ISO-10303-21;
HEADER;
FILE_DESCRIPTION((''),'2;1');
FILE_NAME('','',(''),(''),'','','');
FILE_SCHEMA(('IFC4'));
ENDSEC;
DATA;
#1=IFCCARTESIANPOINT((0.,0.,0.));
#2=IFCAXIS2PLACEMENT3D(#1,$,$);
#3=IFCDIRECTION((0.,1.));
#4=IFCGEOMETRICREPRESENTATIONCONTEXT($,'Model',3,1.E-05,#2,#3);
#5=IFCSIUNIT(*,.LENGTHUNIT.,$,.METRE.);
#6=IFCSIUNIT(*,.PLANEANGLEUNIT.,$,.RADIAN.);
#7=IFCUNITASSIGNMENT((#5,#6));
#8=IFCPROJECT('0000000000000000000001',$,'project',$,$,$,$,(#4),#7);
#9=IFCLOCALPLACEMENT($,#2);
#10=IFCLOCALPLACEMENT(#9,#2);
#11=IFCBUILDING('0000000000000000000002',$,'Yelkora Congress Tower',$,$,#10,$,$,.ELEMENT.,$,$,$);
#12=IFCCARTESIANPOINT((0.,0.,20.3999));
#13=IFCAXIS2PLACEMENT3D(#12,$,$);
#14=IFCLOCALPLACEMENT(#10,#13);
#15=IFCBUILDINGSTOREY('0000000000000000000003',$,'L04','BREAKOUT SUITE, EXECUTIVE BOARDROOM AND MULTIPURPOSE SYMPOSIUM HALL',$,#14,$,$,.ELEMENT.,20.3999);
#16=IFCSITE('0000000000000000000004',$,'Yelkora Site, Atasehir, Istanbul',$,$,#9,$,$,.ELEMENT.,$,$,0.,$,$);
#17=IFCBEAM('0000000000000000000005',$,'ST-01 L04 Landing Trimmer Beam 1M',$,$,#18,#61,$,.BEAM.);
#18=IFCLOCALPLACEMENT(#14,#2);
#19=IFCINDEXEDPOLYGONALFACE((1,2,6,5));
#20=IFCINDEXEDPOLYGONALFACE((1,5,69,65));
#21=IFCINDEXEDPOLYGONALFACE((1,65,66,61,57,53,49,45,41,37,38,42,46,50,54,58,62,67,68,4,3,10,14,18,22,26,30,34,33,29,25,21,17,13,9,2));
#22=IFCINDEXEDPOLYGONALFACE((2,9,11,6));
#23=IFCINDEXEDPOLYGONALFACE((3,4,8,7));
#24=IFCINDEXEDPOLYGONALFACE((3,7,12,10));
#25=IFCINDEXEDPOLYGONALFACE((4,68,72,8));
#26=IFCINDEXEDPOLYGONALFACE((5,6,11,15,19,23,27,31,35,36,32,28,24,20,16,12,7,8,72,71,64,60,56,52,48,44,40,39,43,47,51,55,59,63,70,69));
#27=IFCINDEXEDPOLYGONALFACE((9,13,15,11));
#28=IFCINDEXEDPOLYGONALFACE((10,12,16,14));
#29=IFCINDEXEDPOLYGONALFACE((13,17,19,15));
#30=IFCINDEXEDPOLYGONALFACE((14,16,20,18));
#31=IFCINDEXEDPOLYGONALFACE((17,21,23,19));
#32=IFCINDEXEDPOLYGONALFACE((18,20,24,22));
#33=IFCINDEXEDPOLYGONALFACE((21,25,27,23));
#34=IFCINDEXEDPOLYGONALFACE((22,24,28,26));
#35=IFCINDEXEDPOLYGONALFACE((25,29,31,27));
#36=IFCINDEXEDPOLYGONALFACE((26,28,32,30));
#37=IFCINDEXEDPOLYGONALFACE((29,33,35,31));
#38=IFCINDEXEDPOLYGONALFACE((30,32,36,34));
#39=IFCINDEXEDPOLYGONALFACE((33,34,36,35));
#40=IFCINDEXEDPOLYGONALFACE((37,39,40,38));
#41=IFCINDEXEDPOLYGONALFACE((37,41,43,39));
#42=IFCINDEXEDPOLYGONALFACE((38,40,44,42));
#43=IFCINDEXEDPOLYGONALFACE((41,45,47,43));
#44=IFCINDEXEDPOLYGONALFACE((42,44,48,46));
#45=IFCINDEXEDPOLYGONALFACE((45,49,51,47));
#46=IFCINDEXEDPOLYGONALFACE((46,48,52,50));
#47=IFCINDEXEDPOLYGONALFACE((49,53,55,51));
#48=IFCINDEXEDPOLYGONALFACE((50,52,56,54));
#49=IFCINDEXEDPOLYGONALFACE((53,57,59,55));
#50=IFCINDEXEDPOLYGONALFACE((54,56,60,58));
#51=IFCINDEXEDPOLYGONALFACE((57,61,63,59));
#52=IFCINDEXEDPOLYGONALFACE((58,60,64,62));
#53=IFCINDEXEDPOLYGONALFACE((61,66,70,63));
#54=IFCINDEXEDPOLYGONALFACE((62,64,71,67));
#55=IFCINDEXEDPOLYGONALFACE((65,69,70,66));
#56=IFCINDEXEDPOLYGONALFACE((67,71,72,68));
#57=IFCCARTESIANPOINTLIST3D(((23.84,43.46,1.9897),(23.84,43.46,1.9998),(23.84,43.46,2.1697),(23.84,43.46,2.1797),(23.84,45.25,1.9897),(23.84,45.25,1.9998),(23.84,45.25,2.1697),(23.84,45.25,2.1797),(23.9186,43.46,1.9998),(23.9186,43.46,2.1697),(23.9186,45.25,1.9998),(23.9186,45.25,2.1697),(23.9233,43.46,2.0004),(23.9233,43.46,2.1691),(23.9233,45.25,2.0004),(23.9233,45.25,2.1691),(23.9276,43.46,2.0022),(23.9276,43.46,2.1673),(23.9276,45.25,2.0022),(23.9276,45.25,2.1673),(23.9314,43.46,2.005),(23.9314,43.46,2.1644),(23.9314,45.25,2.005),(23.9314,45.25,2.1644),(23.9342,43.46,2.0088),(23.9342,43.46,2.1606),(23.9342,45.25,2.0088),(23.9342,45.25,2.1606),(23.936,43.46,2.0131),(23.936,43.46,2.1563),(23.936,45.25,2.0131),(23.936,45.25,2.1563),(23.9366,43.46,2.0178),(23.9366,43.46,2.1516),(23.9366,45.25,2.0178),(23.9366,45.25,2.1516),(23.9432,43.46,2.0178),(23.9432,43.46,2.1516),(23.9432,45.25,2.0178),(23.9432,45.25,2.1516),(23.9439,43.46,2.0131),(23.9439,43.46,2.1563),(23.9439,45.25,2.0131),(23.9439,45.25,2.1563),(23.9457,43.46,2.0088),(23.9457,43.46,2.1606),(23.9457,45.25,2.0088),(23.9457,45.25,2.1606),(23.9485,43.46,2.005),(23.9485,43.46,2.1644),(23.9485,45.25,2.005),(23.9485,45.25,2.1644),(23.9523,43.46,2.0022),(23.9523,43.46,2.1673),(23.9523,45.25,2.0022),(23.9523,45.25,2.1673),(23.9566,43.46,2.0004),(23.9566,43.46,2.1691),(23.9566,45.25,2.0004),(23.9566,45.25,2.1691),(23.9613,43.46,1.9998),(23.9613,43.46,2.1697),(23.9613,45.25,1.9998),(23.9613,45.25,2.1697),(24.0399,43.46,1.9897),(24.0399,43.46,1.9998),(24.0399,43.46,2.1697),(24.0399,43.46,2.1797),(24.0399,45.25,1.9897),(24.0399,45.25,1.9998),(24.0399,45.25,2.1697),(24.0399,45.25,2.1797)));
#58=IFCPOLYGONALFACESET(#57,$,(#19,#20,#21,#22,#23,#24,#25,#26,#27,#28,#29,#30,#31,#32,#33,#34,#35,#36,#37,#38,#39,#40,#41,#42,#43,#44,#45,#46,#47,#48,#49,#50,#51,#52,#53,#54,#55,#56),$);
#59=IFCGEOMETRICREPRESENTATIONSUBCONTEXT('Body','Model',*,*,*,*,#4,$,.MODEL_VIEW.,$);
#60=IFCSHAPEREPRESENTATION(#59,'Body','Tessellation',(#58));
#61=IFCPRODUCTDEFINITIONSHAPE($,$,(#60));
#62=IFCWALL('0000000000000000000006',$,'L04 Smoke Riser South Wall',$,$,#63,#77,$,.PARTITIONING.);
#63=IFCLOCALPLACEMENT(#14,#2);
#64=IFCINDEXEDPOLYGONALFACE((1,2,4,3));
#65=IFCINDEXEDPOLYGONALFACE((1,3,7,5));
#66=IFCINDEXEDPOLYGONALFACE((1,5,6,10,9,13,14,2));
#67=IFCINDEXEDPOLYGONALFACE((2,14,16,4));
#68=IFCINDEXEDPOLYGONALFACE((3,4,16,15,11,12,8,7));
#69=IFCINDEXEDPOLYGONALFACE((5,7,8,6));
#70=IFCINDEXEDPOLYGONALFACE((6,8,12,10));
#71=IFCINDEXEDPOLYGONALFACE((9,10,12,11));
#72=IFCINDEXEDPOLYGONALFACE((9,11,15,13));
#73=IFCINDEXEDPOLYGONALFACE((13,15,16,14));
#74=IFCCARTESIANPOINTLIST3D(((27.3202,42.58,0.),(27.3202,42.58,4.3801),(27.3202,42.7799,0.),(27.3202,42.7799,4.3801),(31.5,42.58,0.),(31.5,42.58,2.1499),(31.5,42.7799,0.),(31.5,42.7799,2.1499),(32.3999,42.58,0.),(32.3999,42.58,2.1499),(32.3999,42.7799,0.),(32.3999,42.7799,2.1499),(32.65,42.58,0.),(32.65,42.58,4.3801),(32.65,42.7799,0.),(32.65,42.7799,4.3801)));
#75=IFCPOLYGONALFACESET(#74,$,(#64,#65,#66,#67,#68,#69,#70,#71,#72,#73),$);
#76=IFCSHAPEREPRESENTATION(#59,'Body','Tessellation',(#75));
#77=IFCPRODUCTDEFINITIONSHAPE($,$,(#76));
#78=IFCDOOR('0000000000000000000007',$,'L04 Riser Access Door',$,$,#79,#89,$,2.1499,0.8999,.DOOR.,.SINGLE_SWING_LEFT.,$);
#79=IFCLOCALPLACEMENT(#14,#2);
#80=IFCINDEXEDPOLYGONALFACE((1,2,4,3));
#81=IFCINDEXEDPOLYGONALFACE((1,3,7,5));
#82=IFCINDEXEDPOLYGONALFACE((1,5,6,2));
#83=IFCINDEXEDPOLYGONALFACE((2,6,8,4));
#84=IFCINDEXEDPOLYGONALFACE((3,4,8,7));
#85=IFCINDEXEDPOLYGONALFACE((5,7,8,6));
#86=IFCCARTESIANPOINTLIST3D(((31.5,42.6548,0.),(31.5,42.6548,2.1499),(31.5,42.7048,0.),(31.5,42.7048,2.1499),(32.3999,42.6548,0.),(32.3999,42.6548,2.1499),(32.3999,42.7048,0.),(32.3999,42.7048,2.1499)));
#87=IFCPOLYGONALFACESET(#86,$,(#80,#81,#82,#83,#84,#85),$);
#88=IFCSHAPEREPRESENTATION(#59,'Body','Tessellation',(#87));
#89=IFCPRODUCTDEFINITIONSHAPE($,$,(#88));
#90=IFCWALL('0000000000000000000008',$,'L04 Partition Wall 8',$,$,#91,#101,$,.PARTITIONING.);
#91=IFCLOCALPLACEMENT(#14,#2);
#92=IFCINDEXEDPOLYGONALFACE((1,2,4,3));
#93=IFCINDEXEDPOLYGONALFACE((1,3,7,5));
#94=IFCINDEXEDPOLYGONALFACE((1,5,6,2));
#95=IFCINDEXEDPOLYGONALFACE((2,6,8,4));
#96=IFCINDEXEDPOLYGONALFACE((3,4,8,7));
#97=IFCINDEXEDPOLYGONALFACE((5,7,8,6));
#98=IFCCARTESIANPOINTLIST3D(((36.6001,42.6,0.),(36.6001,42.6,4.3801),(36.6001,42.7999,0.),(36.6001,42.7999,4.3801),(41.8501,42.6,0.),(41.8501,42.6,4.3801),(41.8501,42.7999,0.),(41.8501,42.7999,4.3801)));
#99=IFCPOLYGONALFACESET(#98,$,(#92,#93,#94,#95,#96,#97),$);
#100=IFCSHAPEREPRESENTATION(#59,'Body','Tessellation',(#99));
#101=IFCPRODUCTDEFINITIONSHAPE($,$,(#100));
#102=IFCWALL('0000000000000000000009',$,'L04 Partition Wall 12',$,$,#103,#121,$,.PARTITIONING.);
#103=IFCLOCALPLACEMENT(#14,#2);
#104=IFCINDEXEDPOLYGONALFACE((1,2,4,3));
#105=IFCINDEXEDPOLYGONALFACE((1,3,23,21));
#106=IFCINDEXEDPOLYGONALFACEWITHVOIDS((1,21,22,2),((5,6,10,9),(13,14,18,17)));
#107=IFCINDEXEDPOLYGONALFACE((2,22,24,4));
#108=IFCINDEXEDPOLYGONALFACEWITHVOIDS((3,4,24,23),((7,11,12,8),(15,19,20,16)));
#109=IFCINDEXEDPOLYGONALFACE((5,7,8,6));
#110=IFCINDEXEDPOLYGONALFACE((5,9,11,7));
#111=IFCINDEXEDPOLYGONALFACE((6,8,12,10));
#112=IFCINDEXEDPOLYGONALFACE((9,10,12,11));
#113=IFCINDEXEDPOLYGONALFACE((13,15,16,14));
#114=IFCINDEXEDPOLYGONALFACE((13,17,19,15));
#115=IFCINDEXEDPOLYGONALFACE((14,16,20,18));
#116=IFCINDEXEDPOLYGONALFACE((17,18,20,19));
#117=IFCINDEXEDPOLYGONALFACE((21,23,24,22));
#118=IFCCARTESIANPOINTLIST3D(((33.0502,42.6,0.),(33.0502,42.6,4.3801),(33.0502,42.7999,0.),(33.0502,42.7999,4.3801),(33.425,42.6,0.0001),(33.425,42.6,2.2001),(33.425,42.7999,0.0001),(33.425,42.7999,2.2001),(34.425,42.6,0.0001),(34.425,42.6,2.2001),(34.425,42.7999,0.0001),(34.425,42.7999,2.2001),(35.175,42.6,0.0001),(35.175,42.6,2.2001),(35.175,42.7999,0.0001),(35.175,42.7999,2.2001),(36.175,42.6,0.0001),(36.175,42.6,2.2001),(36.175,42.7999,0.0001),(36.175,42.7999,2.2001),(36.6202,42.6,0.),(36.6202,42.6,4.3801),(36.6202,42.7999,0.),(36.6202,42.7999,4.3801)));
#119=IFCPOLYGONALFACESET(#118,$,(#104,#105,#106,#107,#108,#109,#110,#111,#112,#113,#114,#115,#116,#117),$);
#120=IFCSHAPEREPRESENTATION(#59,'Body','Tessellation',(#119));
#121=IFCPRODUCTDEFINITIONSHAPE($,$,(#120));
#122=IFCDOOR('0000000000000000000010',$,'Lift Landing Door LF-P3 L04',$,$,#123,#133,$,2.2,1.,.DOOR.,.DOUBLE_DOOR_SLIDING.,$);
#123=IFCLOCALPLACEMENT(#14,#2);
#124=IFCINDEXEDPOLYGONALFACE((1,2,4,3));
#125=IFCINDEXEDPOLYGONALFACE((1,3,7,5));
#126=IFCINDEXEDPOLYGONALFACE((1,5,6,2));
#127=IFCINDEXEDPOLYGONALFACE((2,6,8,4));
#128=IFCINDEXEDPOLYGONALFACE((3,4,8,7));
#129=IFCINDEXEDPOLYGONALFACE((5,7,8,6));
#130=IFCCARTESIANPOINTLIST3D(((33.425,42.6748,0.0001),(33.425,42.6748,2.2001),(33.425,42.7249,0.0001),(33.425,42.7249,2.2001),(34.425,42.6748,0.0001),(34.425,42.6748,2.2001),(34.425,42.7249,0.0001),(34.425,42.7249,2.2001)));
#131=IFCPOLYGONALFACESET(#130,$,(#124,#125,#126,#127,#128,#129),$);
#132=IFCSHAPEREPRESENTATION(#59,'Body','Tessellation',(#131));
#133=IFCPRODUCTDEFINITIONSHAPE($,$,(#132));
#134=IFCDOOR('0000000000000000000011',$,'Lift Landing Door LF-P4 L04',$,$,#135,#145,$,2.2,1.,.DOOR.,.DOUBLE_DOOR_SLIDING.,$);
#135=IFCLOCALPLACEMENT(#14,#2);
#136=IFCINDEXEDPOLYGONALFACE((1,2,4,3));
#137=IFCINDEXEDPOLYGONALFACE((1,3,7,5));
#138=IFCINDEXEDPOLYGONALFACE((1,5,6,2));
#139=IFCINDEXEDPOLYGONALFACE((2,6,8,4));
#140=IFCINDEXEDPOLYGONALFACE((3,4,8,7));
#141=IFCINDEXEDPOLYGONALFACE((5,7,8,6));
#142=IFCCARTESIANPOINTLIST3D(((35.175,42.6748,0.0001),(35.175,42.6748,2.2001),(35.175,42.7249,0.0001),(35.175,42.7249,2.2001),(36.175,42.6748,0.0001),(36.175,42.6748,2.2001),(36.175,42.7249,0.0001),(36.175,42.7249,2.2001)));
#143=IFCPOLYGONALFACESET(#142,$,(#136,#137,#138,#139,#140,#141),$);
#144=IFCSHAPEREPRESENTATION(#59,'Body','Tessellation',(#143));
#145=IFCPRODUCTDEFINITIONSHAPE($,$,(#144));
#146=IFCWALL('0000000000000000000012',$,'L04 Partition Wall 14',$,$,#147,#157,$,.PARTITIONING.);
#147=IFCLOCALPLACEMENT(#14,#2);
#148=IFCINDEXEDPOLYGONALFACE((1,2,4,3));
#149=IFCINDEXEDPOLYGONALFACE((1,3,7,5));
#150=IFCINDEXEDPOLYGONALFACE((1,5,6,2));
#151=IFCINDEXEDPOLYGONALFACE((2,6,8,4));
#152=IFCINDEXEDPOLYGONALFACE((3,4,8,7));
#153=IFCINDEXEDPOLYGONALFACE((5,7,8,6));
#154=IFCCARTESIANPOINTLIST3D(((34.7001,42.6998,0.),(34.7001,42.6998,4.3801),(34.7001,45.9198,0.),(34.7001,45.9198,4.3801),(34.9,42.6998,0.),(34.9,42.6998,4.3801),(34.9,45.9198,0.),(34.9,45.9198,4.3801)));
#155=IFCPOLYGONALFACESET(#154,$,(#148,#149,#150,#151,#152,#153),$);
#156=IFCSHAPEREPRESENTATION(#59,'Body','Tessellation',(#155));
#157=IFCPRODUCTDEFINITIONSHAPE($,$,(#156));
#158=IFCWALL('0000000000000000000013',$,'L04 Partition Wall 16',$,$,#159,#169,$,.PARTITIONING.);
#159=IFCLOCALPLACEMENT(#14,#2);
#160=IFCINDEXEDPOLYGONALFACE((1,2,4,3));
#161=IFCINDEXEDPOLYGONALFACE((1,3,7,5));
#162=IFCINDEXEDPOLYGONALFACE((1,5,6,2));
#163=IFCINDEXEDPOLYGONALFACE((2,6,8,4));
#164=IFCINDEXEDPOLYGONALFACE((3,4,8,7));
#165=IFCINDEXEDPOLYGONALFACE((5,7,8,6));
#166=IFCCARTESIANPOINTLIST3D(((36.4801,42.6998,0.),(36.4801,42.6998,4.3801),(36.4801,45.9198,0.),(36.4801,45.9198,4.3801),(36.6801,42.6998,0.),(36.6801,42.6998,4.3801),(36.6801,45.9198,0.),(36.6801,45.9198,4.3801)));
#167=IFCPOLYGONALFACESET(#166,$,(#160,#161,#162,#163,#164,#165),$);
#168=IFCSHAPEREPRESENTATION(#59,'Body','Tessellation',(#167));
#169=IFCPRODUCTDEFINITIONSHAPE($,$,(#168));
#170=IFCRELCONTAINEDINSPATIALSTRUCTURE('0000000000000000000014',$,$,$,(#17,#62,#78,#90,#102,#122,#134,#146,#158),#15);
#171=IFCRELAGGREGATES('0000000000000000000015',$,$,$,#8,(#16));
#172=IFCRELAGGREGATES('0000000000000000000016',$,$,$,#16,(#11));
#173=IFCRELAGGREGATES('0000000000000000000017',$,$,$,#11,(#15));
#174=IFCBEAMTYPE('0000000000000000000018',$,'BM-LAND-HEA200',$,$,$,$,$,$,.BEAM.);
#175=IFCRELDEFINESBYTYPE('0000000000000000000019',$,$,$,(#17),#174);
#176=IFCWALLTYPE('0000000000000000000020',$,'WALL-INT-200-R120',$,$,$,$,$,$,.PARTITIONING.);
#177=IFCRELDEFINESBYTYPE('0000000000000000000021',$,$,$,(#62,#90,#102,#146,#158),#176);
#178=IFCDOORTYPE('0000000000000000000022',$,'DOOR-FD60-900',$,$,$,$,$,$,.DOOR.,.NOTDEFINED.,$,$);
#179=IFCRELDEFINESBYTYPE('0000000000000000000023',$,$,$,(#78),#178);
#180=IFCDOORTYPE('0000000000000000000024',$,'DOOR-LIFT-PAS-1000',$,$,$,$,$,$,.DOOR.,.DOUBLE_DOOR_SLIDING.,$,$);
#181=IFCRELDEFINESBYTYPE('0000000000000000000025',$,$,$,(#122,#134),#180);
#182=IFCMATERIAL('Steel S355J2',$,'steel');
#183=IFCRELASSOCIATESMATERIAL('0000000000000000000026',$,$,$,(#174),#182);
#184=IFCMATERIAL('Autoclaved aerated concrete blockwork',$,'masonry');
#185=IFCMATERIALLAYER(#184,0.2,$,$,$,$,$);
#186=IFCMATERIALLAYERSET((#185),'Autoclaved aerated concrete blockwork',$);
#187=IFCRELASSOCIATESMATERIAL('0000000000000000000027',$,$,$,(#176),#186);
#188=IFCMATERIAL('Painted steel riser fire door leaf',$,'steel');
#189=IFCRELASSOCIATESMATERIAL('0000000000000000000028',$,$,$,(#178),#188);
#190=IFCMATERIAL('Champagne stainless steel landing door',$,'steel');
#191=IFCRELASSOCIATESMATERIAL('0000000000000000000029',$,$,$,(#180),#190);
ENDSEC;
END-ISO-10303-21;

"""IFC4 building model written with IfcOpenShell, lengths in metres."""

from ifc_helpers import new_model, si_unit, direction, frame, frame_2d, origin, origin_2d, place, context, subcontext, project, spatial, rectangle, i_section, extrude, material, layer, layer_set, material_profile, profile_set, type_object, element, fill, save


model = new_model("IFC4")

# Units and contexts
model_context = context("Model", 3, precision=1e-05, world=origin(), true_north=direction((0.0, 1.0)))
body_context = subcontext(model_context, "Body", "Model", "MODEL_VIEW")
ifc_project = project(units=[si_unit("LENGTHUNIT", "METRE"), si_unit("PLANEANGLEUNIT", "RADIAN")], contexts=[model_context])

# Site, building, storey
site_placement = place(None, origin())
site = spatial("IfcSite", under=ifc_project, at=site_placement, Name="Yelkora Site, Atasehir, Istanbul", CompositionType="ELEMENT", RefElevation=0.0)
building_placement = place(site_placement, origin())
building = spatial("IfcBuilding", under=site, at=building_placement, Name="Yelkora Congress Tower", CompositionType="ELEMENT")
storey_placement = place(building_placement, frame((0.0, 0.0, 20.3999)))
storey = spatial("IfcBuildingStorey", under=building, at=storey_placement, Name="L04", Description="BREAKOUT SUITE, EXECUTIVE BOARDROOM AND MULTIPURPOSE SYMPOSIUM HALL", CompositionType="ELEMENT", Elevation=20.3999)

# Beam
ifc_material_1 = material(Name="Steel S355J2", Category="steel")
ifc_material_profile_1 = material_profile(ifc_material_1, i_section(OverallWidth=0.2, OverallDepth=0.1899, WebThickness=0.0066, FlangeThickness=0.01, FilletRadius=0.0181, at=origin_2d()), Name="HEA 200")
ifc_profile_set_1 = profile_set([ifc_material_profile_1], Name="Steel S355J2")
beam_type_1 = type_object("IfcBeamType", Name="BM-LAND-HEA200", PredefinedType="BEAM", material=ifc_profile_set_1)
beam_1_placement = place(storey_placement, frame((23.9399, 43.46, 2.0847), z_axis=(0.0, 1.0, 0.0), x_axis=(-1.0, 0.0, 0.0)))
element("IfcBeam", 1, at=beam_1_placement, inside=storey, type_object=beam_type_1, Name="ST-01 L04 Landing Trimmer Beam 1M", PredefinedType="BEAM", context=body_context, shape_type="SweptSolid", body=[
    extrude(i_section(OverallWidth=0.2, OverallDepth=0.1899, WebThickness=0.0066, FlangeThickness=0.01, FilletRadius=0.0181, at=origin_2d()), origin(), (0.0, 0.0, 1.0), 1.79),
])

# Wall, opening, door
ifc_material_2 = material(Name="Autoclaved aerated concrete blockwork", Category="masonry")
ifc_layer_1 = layer(ifc_material_2, 0.2)
ifc_layer_set_1 = layer_set([ifc_layer_1], Name="Autoclaved aerated concrete blockwork")
wall_type = type_object("IfcWallType", Name="WALL-INT-200-R120", PredefinedType="PARTITIONING", material=ifc_layer_set_1)
wall_1_placement = place(storey_placement, frame((27.3201, 42.6799, 0.0), z_axis=(0.0, 0.0, 1.0), x_axis=(1.0, 0.0, 0.0)))
wall_1 = element("IfcWall", 2, at=wall_1_placement, inside=storey, type_object=wall_type, Name="L04 Smoke Riser South Wall", PredefinedType="PARTITIONING", context=body_context, shape_type="SweptSolid", body=[
    extrude(rectangle(XDim=5.3298, YDim=0.2, at=frame_2d((2.665, 0.0))), origin(), (0.0, 0.0, 1.0), 4.3801),
])
opening_1_placement = place(wall_1_placement, frame((4.1799, 0.0, 0.0)))
opening_1 = element("IfcOpeningElement", 3, at=opening_1_placement, cuts=wall_1, PredefinedType="OPENING", context=body_context, shape_type="SweptSolid", body=[
    extrude(rectangle(XDim=0.8999, YDim=2.1499, at=frame_2d((0.45, 1.075))), frame((0.0, 0.1099, 0.0), z_axis=(0.0, -1.0, 0.0), x_axis=(1.0, 0.0, 0.0)), (0.0, 0.0, 1.0), 0.22),
])
ifc_material_3 = material(Name="Painted steel riser fire door leaf", Category="steel")
door_type_1 = type_object("IfcDoorType", Name="DOOR-FD60-900", OperationType="NOTDEFINED", PredefinedType="DOOR", material=ifc_material_3)
door_1_placement = place(opening_1_placement, origin())
door_1 = element("IfcDoor", 4, at=door_1_placement, inside=storey, type_object=door_type_1, Name="L04 Riser Access Door", OperationType="SINGLE_SWING_LEFT", OverallHeight=2.1499, OverallWidth=0.8999, PredefinedType="DOOR", context=body_context, shape_type="SweptSolid", body=[
    extrude(rectangle(XDim=0.8999, YDim=2.1499, at=frame_2d((0.45, 1.075))), frame((0.0, 0.0249, 0.0), z_axis=(0.0, -1.0, 0.0), x_axis=(1.0, 0.0, 0.0)), (0.0, 0.0, 1.0), 0.05),
])
fill(opening_1, door_1)

# Wall
wall_2_placement = place(storey_placement, frame((36.6001, 42.7, 0.0), z_axis=(0.0, 0.0, 1.0), x_axis=(1.0, 0.0, 0.0)))
element("IfcWall", 5, at=wall_2_placement, inside=storey, type_object=wall_type, Name="L04 Partition Wall 8", PredefinedType="PARTITIONING", context=body_context, shape_type="SweptSolid", body=[
    extrude(rectangle(XDim=5.25, YDim=0.2, at=frame_2d((2.625, 0.0))), origin(), (0.0, 0.0, 1.0), 4.3801),
])

# Wall, openings, doors
wall_3_placement = place(storey_placement, frame((33.05, 42.7, 0.0), z_axis=(0.0, 0.0, 1.0), x_axis=(1.0, 0.0, 0.0)))
wall_3 = element("IfcWall", 6, at=wall_3_placement, inside=storey, type_object=wall_type, Name="L04 Partition Wall 12", PredefinedType="PARTITIONING", context=body_context, shape_type="SweptSolid", body=[
    extrude(rectangle(XDim=3.5701, YDim=0.2, at=frame_2d((1.7852, 0.0))), origin(), (0.0, 0.0, 1.0), 4.3801),
])
opening_2_placement = place(wall_3_placement, frame((0.375, 0.0, 0.0)))
opening_2 = element("IfcOpeningElement", 7, at=opening_2_placement, cuts=wall_3, PredefinedType="OPENING", context=body_context, shape_type="SweptSolid", body=[
    extrude(rectangle(XDim=1.0, YDim=2.2, at=frame_2d((0.5, 1.1001))), frame((0.0, 0.1099, 0.0), z_axis=(0.0, -1.0, 0.0), x_axis=(1.0, 0.0, 0.0)), (0.0, 0.0, 1.0), 0.22),
])
opening_3_placement = place(wall_3_placement, frame((2.125, 0.0, 0.0)))
opening_3 = element("IfcOpeningElement", 8, at=opening_3_placement, cuts=wall_3, PredefinedType="OPENING", context=body_context, shape_type="SweptSolid", body=[
    extrude(rectangle(XDim=1.0, YDim=2.2, at=frame_2d((0.5, 1.1001))), frame((0.0, 0.1099, 0.0), z_axis=(0.0, -1.0, 0.0), x_axis=(1.0, 0.0, 0.0)), (0.0, 0.0, 1.0), 0.22),
])
ifc_material_4 = material(Name="Champagne stainless steel landing door", Category="steel")
door_type_2 = type_object("IfcDoorType", Name="DOOR-LIFT-PAS-1000", OperationType="DOUBLE_DOOR_SLIDING", PredefinedType="DOOR", material=ifc_material_4)
door_2_placement = place(opening_2_placement, origin())
door_2 = element("IfcDoor", 9, at=door_2_placement, inside=storey, type_object=door_type_2, Name="Lift Landing Door LF-P3 L04", OperationType="DOUBLE_DOOR_SLIDING", OverallHeight=2.2, OverallWidth=1.0, PredefinedType="DOOR", context=body_context, shape_type="SweptSolid", body=[
    extrude(rectangle(XDim=1.0, YDim=2.2, at=frame_2d((0.5, 1.1001))), frame((0.0, 0.0249, 0.0), z_axis=(0.0, -1.0, 0.0), x_axis=(1.0, 0.0, 0.0)), (0.0, 0.0, 1.0), 0.05),
])
fill(opening_2, door_2)
door_3_placement = place(opening_3_placement, origin())
door_3 = element("IfcDoor", 10, at=door_3_placement, inside=storey, type_object=door_type_2, Name="Lift Landing Door LF-P4 L04", OperationType="DOUBLE_DOOR_SLIDING", OverallHeight=2.2, OverallWidth=1.0, PredefinedType="DOOR", context=body_context, shape_type="SweptSolid", body=[
    extrude(rectangle(XDim=1.0, YDim=2.2, at=frame_2d((0.5, 1.1001))), frame((0.0, 0.0249, 0.0), z_axis=(0.0, -1.0, 0.0), x_axis=(1.0, 0.0, 0.0)), (0.0, 0.0, 1.0), 0.05),
])
fill(opening_3, door_3)

# Walls
for number, where, z_axis, x_axis, name in (
    (11, (34.8, 42.7, 0.0), (0.0, 0.0, 1.0), (0.0, 1.0, 0.0), "L04 Partition Wall 14"),
    (12, (36.5801, 42.7, 0.0), (0.0, 0.0, 1.0), (0.0, 1.0, 0.0), "L04 Partition Wall 16"),
):
    element("IfcWall", number, at=place(storey_placement, frame(where, z_axis=z_axis, x_axis=x_axis)), inside=storey, type_object=wall_type, Name=name, PredefinedType="PARTITIONING", context=body_context, shape_type="SweptSolid", body=[
        extrude(rectangle(XDim=3.22, YDim=0.2, at=frame_2d((1.6099, 0.0))), origin(), (0.0, 0.0, 1.0), 4.3801),
    ])

save(model, "model.ifc")
